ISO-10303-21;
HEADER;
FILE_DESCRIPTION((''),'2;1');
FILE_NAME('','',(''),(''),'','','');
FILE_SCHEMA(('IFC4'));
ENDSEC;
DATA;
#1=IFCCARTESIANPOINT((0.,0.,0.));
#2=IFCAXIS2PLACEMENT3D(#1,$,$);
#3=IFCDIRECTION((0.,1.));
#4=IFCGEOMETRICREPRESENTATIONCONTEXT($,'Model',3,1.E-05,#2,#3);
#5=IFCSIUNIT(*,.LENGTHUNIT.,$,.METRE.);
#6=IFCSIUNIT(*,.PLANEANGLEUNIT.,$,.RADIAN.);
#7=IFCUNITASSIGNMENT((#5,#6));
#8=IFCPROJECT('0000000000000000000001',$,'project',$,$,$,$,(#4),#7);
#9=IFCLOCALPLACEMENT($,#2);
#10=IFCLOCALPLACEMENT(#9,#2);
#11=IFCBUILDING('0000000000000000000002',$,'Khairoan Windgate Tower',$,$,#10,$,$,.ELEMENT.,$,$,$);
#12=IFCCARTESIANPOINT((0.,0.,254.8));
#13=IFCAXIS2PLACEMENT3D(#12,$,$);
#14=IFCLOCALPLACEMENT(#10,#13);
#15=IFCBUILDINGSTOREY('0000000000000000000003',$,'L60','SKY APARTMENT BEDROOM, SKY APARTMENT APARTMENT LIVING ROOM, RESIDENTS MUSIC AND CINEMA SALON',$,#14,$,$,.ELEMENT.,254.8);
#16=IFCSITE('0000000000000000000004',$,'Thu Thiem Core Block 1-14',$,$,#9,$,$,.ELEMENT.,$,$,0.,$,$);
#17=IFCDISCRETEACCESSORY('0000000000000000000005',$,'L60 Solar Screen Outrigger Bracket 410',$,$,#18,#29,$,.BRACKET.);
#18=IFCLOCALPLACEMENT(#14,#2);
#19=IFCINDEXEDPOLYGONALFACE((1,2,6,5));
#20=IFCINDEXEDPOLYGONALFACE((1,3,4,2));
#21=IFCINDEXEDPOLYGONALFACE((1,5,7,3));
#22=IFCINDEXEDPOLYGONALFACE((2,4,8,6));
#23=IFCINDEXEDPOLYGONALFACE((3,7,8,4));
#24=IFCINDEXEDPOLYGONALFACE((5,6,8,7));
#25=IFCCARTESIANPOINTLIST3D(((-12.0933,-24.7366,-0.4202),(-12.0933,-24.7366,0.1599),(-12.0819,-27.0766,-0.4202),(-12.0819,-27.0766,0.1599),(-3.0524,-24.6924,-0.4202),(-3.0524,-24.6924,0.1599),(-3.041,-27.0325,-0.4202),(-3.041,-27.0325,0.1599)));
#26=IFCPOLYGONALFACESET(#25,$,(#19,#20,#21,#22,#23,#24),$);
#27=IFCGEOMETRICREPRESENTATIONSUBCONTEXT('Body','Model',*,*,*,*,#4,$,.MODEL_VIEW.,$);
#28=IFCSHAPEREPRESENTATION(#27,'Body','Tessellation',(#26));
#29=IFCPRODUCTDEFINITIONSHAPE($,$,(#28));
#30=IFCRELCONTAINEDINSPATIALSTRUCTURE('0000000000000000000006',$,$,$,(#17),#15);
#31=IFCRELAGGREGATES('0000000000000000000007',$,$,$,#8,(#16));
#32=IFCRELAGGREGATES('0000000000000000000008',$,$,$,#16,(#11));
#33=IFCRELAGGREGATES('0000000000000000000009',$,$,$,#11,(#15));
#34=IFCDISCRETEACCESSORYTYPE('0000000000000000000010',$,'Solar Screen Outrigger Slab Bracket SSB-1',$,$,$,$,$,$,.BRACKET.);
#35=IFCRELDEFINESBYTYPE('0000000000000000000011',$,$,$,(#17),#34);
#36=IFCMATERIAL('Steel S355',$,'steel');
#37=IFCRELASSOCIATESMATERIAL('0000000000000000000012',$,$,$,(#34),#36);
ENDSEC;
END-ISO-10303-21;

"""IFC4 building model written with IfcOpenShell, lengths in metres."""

from ifc_helpers import new_model, si_unit, direction, frame, origin, origin_2d, place, context, subcontext, project, spatial, rectangle, extrude, material, type_object, element, save


model = new_model("IFC4")

# Units and contexts
model_context = context("Model", 3, precision=1e-05, world=origin(), true_north=direction((0.0, 1.0)))
body_context = subcontext(model_context, "Body", "Model", "MODEL_VIEW")
ifc_project = project(units=[si_unit("LENGTHUNIT", "METRE"), si_unit("PLANEANGLEUNIT", "RADIAN")], contexts=[model_context])

# Site, building, storey
site_placement = place(None, origin())
site = spatial("IfcSite", under=ifc_project, at=site_placement, Name="Thu Thiem Core Block 1-14", CompositionType="ELEMENT", RefElevation=0.0)
building_placement = place(site_placement, origin())
building = spatial("IfcBuilding", under=site, at=building_placement, Name="Khairoan Windgate Tower", CompositionType="ELEMENT")
storey_placement = place(building_placement, frame((0.0, 0.0, 254.8)))
storey = spatial("IfcBuildingStorey", under=building, at=storey_placement, Name="L60", Description="SKY APARTMENT BEDROOM, SKY APARTMENT APARTMENT LIVING ROOM, RESIDENTS MUSIC AND CINEMA SALON", CompositionType="ELEMENT", Elevation=254.8)

# Discrete accessory
ifc_material_1 = material(Name="Steel S355", Category="steel")
discrete_accessory_type = type_object("IfcDiscreteAccessoryType", Name="Solar Screen Outrigger Slab Bracket SSB-1", PredefinedType="BRACKET", material=ifc_material_1)
discrete_accessory_placement = place(storey_placement, frame((-7.5671, -25.8845, -0.4202), z_axis=(0.0, 0.0, 1.0), x_axis=(-0.999988, -0.004887, 0.0)))
element("IfcDiscreteAccessory", 1, at=discrete_accessory_placement, inside=storey, type_object=discrete_accessory_type, Name="L60 Solar Screen Outrigger Bracket 410", PredefinedType="BRACKET", context=body_context, shape_type="SweptSolid", body=[
    extrude(rectangle(XDim=9.041, YDim=2.3401, at=origin_2d()), origin(), (0.0, 0.0, 1.0), 0.5801),
])

save(model, "model.ifc")
